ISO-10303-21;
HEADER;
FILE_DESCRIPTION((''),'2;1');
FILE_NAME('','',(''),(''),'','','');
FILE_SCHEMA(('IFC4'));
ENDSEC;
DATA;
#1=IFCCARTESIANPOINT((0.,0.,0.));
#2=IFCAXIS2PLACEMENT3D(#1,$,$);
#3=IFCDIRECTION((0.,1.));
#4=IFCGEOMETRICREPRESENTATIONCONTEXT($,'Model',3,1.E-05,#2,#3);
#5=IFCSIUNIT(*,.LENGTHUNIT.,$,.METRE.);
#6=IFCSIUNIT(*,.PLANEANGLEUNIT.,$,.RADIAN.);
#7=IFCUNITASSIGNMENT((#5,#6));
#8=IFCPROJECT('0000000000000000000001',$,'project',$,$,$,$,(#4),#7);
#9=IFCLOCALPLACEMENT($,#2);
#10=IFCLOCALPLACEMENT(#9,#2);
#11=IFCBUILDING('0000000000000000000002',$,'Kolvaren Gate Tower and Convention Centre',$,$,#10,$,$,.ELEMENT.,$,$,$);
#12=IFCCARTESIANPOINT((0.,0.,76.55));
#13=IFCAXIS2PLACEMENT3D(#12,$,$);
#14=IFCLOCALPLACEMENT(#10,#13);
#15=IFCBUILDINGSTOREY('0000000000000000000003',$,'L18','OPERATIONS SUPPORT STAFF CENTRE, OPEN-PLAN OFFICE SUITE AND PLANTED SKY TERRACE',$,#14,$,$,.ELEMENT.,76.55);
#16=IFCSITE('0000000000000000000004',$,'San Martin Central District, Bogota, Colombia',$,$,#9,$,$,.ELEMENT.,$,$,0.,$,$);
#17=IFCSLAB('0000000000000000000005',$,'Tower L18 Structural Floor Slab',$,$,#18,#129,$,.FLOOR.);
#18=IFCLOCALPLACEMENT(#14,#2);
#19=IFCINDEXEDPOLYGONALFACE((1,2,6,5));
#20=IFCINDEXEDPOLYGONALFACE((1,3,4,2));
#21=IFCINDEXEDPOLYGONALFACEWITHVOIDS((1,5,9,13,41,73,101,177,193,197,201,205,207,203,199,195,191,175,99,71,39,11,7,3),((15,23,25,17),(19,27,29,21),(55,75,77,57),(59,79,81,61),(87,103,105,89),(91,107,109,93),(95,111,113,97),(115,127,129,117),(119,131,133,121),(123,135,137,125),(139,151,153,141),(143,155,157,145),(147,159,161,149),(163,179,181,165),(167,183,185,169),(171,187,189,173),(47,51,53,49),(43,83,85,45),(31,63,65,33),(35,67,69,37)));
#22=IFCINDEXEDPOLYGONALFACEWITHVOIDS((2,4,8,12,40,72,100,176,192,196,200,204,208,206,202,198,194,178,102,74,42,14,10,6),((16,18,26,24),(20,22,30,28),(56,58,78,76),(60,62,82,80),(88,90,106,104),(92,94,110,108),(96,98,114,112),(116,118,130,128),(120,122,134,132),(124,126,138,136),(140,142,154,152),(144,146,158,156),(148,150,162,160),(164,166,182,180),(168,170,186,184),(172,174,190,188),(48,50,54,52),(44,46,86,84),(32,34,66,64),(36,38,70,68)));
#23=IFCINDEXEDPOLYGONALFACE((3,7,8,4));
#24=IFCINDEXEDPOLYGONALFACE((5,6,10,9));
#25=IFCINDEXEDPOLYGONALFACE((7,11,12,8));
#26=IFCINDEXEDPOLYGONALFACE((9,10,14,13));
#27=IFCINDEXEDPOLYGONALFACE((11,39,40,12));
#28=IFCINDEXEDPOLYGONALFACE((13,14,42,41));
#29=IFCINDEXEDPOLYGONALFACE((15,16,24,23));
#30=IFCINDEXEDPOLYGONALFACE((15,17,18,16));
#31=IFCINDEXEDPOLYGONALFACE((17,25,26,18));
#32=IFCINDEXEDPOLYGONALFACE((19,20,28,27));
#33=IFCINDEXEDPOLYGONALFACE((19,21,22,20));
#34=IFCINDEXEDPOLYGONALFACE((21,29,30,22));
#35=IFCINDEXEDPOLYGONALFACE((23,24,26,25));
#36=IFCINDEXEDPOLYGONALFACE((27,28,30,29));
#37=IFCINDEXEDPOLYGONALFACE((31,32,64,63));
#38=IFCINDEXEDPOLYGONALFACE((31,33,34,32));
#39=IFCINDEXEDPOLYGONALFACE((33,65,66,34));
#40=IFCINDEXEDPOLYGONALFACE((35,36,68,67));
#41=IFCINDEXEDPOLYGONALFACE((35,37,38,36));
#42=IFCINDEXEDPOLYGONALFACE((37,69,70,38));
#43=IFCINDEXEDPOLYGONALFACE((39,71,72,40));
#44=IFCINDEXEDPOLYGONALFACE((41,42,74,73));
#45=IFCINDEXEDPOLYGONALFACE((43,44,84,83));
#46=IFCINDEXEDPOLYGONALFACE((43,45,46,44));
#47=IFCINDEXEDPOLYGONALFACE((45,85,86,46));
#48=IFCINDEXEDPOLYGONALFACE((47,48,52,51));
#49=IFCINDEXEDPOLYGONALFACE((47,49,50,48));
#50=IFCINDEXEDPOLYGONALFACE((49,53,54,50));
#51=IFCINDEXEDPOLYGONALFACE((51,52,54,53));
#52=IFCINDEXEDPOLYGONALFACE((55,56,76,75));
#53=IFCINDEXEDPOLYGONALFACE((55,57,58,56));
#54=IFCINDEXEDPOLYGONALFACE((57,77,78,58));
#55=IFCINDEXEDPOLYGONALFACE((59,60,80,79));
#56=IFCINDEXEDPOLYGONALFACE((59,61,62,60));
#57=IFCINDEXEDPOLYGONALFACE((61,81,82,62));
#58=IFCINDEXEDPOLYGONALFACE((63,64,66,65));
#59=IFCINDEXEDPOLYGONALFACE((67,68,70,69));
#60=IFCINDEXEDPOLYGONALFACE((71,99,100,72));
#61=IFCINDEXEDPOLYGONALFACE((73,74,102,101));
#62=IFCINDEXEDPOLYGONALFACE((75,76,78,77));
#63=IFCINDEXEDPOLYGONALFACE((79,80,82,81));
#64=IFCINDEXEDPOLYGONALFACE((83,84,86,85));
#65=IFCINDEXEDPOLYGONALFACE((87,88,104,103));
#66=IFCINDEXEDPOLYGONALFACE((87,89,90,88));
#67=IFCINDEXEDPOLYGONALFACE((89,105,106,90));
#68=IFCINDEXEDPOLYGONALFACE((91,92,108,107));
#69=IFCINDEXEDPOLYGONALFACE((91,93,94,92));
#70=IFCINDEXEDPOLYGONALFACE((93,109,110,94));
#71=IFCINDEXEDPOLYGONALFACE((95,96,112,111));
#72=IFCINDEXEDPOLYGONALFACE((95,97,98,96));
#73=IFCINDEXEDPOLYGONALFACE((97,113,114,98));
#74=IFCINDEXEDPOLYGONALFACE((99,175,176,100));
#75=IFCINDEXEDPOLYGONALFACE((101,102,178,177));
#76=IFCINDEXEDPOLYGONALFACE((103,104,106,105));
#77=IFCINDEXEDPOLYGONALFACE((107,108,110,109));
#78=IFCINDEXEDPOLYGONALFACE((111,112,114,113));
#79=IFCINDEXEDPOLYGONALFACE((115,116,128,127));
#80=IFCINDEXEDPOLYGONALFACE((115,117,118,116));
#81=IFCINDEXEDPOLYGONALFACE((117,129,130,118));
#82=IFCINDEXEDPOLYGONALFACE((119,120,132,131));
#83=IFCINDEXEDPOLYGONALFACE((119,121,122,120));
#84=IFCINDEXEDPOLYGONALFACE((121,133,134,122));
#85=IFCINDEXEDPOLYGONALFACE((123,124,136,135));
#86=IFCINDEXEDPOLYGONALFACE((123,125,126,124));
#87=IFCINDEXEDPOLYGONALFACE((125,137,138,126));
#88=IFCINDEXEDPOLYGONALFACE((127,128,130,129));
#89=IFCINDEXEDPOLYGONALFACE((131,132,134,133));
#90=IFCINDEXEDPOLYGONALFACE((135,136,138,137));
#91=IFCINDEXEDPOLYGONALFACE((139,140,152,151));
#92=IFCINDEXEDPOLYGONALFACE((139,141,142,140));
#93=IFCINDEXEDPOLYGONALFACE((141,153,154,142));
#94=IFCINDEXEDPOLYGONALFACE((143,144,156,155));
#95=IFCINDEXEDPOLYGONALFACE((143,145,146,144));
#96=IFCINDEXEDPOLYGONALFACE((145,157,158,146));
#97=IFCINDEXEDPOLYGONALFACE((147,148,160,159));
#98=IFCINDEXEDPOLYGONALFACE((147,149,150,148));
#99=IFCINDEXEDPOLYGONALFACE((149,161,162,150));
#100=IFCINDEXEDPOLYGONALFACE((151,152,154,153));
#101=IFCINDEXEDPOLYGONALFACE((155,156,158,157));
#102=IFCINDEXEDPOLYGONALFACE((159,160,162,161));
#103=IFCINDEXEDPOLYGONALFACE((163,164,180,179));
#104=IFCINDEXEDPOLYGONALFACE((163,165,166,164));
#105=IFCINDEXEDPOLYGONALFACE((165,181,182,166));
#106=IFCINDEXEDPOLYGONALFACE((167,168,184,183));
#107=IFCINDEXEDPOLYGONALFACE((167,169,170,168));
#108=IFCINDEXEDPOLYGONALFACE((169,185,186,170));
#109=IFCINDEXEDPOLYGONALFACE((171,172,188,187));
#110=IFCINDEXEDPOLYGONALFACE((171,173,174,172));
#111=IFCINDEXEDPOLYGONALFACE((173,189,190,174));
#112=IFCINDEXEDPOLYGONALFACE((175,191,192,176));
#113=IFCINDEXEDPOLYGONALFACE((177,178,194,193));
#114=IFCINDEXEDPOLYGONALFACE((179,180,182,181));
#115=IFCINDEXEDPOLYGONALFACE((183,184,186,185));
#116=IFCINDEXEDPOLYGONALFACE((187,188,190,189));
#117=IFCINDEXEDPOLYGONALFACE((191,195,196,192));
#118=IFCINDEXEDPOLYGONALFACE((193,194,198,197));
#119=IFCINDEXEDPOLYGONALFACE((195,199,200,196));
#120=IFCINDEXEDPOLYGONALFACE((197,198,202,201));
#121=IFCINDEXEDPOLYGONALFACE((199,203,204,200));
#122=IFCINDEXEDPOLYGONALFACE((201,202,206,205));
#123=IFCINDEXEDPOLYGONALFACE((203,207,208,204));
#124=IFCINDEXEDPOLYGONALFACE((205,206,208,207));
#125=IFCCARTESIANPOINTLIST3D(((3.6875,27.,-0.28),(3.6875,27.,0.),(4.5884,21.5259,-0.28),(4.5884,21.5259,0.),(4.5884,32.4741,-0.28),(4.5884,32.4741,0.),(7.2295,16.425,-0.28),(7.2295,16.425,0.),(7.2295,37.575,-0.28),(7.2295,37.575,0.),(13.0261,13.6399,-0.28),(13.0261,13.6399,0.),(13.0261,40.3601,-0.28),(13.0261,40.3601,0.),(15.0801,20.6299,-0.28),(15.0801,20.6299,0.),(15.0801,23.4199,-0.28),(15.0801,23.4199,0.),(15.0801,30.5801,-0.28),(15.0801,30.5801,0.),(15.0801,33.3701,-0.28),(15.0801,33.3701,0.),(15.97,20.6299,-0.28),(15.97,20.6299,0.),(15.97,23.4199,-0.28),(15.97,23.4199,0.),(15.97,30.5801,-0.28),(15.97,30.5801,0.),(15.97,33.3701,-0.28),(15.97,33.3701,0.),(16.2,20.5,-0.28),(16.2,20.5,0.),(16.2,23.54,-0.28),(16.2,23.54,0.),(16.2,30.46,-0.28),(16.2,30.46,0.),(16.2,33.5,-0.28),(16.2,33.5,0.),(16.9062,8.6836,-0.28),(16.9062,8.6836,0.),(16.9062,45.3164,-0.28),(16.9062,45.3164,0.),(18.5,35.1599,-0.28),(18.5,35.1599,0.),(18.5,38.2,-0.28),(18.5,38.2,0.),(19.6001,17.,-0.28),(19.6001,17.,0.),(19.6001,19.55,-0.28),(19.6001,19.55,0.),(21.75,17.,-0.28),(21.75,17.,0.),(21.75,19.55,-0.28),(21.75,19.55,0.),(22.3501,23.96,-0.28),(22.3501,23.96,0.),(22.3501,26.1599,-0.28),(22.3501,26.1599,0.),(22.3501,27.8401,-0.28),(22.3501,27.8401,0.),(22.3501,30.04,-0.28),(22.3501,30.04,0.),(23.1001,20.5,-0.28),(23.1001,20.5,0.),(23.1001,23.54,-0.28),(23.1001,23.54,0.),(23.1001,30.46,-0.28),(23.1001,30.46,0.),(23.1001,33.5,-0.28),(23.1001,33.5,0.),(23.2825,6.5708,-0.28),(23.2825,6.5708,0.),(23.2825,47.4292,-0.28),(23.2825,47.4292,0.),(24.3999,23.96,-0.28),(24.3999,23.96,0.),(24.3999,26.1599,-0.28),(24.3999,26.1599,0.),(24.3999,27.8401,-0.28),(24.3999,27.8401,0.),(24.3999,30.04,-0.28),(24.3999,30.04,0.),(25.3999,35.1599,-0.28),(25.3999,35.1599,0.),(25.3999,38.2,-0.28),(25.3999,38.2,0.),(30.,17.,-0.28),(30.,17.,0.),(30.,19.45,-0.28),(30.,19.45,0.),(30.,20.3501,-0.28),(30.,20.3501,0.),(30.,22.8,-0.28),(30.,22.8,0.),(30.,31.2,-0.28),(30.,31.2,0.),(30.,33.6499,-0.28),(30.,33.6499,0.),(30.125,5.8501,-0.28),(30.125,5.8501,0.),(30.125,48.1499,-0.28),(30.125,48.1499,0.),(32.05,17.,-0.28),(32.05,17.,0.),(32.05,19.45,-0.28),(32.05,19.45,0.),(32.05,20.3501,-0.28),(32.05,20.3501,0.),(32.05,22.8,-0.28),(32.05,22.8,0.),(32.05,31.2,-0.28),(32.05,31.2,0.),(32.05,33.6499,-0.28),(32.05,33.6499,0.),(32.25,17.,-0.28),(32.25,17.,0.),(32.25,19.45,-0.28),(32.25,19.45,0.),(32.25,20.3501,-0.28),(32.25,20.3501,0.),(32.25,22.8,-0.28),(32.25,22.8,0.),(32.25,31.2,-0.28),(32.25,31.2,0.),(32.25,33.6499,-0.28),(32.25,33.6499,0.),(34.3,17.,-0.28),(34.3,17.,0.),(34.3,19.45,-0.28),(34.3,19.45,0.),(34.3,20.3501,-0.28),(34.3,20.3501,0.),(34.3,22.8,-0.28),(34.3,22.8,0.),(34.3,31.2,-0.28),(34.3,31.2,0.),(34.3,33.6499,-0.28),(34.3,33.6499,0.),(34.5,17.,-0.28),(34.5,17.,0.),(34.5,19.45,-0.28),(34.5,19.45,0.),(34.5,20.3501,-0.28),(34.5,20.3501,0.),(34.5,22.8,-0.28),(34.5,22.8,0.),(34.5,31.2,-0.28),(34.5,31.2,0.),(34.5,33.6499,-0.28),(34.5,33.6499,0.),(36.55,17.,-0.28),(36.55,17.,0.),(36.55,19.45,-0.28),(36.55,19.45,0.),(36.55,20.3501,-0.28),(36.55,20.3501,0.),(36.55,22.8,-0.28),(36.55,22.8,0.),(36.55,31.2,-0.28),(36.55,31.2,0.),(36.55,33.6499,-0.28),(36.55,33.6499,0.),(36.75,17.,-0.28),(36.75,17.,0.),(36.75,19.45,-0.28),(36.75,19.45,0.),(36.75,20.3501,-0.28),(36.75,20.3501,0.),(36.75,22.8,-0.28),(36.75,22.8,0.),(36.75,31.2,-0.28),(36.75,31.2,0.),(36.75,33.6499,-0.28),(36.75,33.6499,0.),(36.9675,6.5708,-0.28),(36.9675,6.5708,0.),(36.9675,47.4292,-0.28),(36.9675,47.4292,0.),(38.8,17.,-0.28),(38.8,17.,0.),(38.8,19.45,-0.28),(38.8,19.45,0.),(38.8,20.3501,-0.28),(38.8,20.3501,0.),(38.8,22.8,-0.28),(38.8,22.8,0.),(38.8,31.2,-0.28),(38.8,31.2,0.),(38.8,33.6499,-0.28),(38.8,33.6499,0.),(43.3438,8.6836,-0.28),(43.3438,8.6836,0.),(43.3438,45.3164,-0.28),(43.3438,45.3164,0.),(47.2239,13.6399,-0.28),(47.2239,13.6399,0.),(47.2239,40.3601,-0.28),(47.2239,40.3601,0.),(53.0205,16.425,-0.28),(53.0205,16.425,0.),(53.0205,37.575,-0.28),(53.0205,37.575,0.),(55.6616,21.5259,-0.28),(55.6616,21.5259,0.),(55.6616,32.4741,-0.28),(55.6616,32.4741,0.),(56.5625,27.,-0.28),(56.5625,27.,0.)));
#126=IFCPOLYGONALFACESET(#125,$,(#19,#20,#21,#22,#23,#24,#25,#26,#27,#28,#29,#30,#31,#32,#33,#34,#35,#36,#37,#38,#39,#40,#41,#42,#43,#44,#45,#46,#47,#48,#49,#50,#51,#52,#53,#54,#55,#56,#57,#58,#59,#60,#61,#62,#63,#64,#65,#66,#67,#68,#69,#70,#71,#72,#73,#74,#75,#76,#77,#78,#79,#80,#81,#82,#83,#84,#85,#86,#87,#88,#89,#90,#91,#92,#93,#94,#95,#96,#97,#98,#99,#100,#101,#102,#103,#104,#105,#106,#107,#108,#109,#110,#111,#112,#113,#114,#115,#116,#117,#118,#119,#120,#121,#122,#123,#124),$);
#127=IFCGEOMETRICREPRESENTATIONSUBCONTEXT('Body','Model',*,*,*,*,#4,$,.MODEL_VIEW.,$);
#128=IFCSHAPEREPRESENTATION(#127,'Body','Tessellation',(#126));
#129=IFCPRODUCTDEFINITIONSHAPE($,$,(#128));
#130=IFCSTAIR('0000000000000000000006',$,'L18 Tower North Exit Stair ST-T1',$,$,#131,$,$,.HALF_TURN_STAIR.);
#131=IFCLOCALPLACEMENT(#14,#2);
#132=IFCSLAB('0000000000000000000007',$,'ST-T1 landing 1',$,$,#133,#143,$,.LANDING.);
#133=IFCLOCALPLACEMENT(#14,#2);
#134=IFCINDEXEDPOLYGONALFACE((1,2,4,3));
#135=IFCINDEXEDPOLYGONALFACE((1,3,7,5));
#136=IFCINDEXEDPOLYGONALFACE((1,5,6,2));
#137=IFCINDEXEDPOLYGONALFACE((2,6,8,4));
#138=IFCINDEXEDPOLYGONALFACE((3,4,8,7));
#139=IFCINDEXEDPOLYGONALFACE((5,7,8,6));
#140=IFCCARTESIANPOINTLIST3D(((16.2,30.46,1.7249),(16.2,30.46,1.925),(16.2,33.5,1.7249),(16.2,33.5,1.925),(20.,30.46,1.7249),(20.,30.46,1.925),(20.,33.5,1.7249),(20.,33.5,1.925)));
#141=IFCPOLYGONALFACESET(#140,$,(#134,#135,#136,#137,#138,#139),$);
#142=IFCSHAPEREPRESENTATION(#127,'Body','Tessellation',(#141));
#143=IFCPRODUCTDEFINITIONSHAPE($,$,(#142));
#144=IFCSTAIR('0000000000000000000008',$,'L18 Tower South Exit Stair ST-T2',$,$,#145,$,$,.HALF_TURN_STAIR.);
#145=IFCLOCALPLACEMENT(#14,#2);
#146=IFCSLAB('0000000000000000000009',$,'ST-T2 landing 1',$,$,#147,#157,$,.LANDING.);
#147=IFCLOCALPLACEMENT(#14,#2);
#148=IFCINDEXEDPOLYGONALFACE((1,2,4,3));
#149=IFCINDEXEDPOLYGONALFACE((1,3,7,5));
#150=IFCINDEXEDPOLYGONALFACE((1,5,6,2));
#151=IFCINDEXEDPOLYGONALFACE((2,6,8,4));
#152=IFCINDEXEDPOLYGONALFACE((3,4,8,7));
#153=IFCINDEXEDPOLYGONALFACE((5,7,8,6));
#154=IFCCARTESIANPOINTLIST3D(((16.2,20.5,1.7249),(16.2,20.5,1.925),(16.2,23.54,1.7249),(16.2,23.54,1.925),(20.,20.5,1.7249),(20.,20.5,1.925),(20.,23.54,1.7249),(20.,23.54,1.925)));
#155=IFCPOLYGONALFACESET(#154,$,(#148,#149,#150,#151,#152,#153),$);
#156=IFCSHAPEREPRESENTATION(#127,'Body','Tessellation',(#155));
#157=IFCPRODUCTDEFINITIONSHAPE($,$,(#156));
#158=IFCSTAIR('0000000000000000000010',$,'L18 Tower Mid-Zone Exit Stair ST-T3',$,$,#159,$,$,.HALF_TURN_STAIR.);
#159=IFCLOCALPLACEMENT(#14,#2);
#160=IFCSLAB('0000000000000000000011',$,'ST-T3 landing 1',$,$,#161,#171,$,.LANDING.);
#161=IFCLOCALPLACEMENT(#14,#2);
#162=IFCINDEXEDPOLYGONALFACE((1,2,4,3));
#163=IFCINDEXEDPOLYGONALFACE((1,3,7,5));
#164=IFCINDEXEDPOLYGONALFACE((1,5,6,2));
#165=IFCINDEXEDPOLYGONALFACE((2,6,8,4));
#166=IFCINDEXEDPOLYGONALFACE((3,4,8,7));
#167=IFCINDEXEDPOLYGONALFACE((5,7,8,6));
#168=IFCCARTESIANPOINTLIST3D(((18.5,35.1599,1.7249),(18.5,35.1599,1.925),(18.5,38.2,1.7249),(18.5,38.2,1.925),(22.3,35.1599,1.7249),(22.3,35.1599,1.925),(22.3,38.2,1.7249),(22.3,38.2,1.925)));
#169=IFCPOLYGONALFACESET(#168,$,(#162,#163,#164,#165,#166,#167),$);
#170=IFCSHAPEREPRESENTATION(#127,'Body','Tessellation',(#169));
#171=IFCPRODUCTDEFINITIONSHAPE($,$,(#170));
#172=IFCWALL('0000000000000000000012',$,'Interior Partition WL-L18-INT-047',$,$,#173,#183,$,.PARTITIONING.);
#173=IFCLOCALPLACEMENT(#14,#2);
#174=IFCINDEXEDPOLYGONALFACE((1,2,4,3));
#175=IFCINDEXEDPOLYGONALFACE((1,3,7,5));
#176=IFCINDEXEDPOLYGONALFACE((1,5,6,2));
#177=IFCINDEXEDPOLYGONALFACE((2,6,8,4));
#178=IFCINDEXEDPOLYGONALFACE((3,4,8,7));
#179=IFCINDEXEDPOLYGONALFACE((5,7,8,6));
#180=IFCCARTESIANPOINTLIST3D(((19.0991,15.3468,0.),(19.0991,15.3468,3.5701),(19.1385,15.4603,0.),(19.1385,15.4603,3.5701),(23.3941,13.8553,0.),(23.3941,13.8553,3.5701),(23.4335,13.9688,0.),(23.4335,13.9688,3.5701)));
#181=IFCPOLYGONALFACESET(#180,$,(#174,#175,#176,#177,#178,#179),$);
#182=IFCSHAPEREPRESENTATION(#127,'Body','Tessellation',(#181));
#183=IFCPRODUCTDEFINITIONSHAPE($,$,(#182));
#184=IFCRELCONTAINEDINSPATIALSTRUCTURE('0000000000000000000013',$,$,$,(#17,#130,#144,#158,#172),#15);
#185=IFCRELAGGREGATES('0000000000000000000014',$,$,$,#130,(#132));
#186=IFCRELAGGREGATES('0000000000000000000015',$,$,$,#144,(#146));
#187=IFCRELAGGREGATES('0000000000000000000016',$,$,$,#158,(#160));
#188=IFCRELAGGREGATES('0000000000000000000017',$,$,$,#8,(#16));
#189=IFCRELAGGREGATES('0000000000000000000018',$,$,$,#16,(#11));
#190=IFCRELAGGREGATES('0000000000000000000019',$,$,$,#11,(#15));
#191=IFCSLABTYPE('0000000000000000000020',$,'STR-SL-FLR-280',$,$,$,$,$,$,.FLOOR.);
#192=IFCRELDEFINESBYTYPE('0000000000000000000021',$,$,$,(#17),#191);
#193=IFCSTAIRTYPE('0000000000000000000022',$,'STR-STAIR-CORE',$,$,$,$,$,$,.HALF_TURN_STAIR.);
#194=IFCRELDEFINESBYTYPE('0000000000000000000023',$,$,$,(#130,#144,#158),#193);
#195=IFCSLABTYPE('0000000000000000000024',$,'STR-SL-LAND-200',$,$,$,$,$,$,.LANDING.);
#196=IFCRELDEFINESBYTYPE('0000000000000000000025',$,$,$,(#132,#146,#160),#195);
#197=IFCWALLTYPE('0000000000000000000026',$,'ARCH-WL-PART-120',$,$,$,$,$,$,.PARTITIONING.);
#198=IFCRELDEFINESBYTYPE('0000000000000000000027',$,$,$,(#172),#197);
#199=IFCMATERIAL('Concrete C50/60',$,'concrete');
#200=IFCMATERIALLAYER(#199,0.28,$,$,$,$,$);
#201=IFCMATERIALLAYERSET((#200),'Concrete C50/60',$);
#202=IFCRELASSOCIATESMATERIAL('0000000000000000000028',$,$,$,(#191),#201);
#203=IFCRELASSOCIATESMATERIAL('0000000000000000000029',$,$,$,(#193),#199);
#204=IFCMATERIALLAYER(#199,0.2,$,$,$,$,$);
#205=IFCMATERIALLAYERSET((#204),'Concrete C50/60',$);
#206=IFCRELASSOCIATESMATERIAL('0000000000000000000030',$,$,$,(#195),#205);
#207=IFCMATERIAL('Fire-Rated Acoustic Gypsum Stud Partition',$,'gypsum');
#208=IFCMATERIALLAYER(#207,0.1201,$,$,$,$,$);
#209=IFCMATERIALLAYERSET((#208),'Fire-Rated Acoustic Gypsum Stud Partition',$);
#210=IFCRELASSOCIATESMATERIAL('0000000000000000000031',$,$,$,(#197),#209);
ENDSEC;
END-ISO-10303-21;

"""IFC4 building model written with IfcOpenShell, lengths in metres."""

from ifc_helpers import new_model, si_unit, direction, frame, frame_2d, origin, place, context, subcontext, project, spatial, polyline, rectangle, outline, extrude, material, layer, layer_set, type_object, element, aggregate, save


model = new_model("IFC4")

# Units and contexts
model_context = context("Model", 3, precision=1e-05, world=origin(), true_north=direction((0.0, 1.0)))
body_context = subcontext(model_context, "Body", "Model", "MODEL_VIEW")
ifc_project = project(units=[si_unit("LENGTHUNIT", "METRE"), si_unit("PLANEANGLEUNIT", "RADIAN")], contexts=[model_context])

# Site, building, storey
site_placement = place(None, origin())
site = spatial("IfcSite", under=ifc_project, at=site_placement, Name="San Martin Central District, Bogota, Colombia", CompositionType="ELEMENT", RefElevation=0.0)
building_placement = place(site_placement, origin())
building = spatial("IfcBuilding", under=site, at=building_placement, Name="Kolvaren Gate Tower and Convention Centre", CompositionType="ELEMENT")
storey_placement = place(building_placement, frame((0.0, 0.0, 76.55)))
storey = spatial("IfcBuildingStorey", under=building, at=storey_placement, Name="L18", Description="OPERATIONS SUPPORT STAFF CENTRE, OPEN-PLAN OFFICE SUITE AND PLANTED SKY TERRACE", CompositionType="ELEMENT", Elevation=76.55)

# Slab
ifc_material_1 = material(Name="Concrete C50/60", Category="concrete")
ifc_layer_1 = layer(ifc_material_1, 0.28)
ifc_layer_set_1 = layer_set([ifc_layer_1], Name="Concrete C50/60")
slab_type_1 = type_object("IfcSlabType", Name="STR-SL-FLR-280", PredefinedType="FLOOR", material=ifc_layer_set_1)
slab_1_placement = place(storey_placement, frame((0.0, 0.0, -0.28)))
element("IfcSlab", 1, at=slab_1_placement, inside=storey, type_object=slab_type_1, Name="Tower L18 Structural Floor Slab", PredefinedType="FLOOR", context=body_context, shape_type="SweptSolid", body=[
    extrude(outline(polyline([(56.5625, 27.0), (55.6616, 32.4741), (53.0205, 37.575), (47.2239, 40.3601), (43.3438, 45.3164), (36.9675, 47.4292), (30.125, 48.1499), (23.2825, 47.4292), (16.9062, 45.3164), (13.0261, 40.3601), (7.2295, 37.575), (4.5884, 32.4741), (3.6875, 27.0), (4.5884, 21.5259), (7.2295, 16.425), (13.0261, 13.6399), (16.9062, 8.6836), (23.2825, 6.5708), (30.125, 5.8501), (36.9675, 6.5708), (43.3438, 8.6836), (47.2239, 13.6399), (53.0205, 16.425), (55.6616, 21.5259), (56.5625, 27.0)]), holes=[polyline([(36.75, 33.6499), (38.8, 33.6499), (38.8, 31.2), (36.75, 31.2), (36.75, 33.6499)]), polyline([(36.75, 20.3501), (36.75, 22.8), (38.8, 22.8), (38.8, 20.3501), (36.75, 20.3501)]), polyline([(36.75, 17.0), (36.75, 19.45), (38.8, 19.45), (38.8, 17.0), (36.75, 17.0)]), polyline([(34.5, 33.6499), (36.55, 33.6499), (36.55, 31.2), (34.5, 31.2), (34.5, 33.6499)]), polyline([(34.5, 22.8), (36.55, 22.8), (36.55, 20.3501), (34.5, 20.3501), (34.5, 22.8)]), polyline([(34.5, 17.0), (34.5, 19.45), (36.55, 19.45), (36.55, 17.0), (34.5, 17.0)]), polyline([(32.25, 31.2), (32.25, 33.6499), (34.3, 33.6499), (34.3, 31.2), (32.25, 31.2)]), polyline([(32.25, 22.8), (34.3, 22.8), (34.3, 20.3501), (32.25, 20.3501), (32.25, 22.8)]), polyline([(32.25, 17.0), (32.25, 19.45), (34.3, 19.45), (34.3, 17.0), (32.25, 17.0)]), polyline([(30.0, 31.2), (30.0, 33.6499), (32.05, 33.6499), (32.05, 31.2), (30.0, 31.2)]), polyline([(30.0, 20.3501), (30.0, 22.8), (32.05, 22.8), (32.05, 20.3501), (30.0, 20.3501)]), polyline([(30.0, 17.0), (30.0, 19.45), (32.05, 19.45), (32.05, 17.0), (30.0, 17.0)]), polyline([(25.3999, 35.1599), (18.5, 35.1599), (18.5, 38.2), (25.3999, 38.2), (25.3999, 35.1599)]), polyline([(22.3501, 27.8401), (22.3501, 30.04), (24.3999, 30.04), (24.3999, 27.8401), (22.3501, 27.8401)]), polyline([(22.3501, 23.96), (22.3501, 26.1599), (24.3999, 26.1599), (24.3999, 23.96), (22.3501, 23.96)]), polyline([(23.1001, 30.46), (16.2, 30.46), (16.2, 33.5), (23.1001, 33.5), (23.1001, 30.46)]), polyline([(23.1001, 20.5), (16.2, 20.5), (16.2, 23.54), (23.1001, 23.54), (23.1001, 20.5)]), polyline([(19.6001, 17.0), (19.6001, 19.55), (21.75, 19.55), (21.75, 17.0), (19.6001, 17.0)]), polyline([(15.0801, 23.4199), (15.97, 23.4199), (15.97, 20.6299), (15.0801, 20.6299), (15.0801, 23.4199)]), polyline([(15.0801, 30.5801), (15.0801, 33.3701), (15.97, 33.3701), (15.97, 30.5801), (15.0801, 30.5801)])]), origin(), (0.0, 0.0, 1.0), 0.28),
])

# Stairs, slabs
stair_type = type_object("IfcStairType", Name="STR-STAIR-CORE", PredefinedType="HALF_TURN_STAIR", material=ifc_material_1)
stair_1_placement = place(storey_placement, origin())
stair_1 = element("IfcStair", 2, at=stair_1_placement, inside=storey, type_object=stair_type, Name="L18 Tower North Exit Stair ST-T1", PredefinedType="HALF_TURN_STAIR")
ifc_layer_2 = layer(ifc_material_1, 0.2)
ifc_layer_set_2 = layer_set([ifc_layer_2], Name="Concrete C50/60")
slab_type_2 = type_object("IfcSlabType", Name="STR-SL-LAND-200", PredefinedType="LANDING", material=ifc_layer_set_2)
slab_2_placement = place(storey_placement, frame((0.0, 0.0, 1.7249)))
slab_2 = element("IfcSlab", 3, at=slab_2_placement, type_object=slab_type_2, Name="ST-T1 landing 1", PredefinedType="LANDING", context=body_context, shape_type="SweptSolid", body=[
    extrude(outline(polyline([(20.0, 33.5), (16.2, 33.5), (16.2, 30.46), (20.0, 30.46), (20.0, 33.5)])), origin(), (0.0, 0.0, 1.0), 0.2002),
])
aggregate(stair_1, [slab_2])
stair_2_placement = place(storey_placement, origin())
stair_2 = element("IfcStair", 4, at=stair_2_placement, inside=storey, type_object=stair_type, Name="L18 Tower South Exit Stair ST-T2", PredefinedType="HALF_TURN_STAIR")
slab_3_placement = place(storey_placement, frame((0.0, 0.0, 1.7249)))
slab_3 = element("IfcSlab", 5, at=slab_3_placement, type_object=slab_type_2, Name="ST-T2 landing 1", PredefinedType="LANDING", context=body_context, shape_type="SweptSolid", body=[
    extrude(outline(polyline([(20.0, 23.54), (16.2, 23.54), (16.2, 20.5), (20.0, 20.5), (20.0, 23.54)])), origin(), (0.0, 0.0, 1.0), 0.2002),
])
aggregate(stair_2, [slab_3])
stair_3_placement = place(storey_placement, origin())
stair_3 = element("IfcStair", 6, at=stair_3_placement, inside=storey, type_object=stair_type, Name="L18 Tower Mid-Zone Exit Stair ST-T3", PredefinedType="HALF_TURN_STAIR")
slab_4_placement = place(storey_placement, frame((0.0, 0.0, 1.7249)))
slab_4 = element("IfcSlab", 7, at=slab_4_placement, type_object=slab_type_2, Name="ST-T3 landing 1", PredefinedType="LANDING", context=body_context, shape_type="SweptSolid", body=[
    extrude(outline(polyline([(22.3, 38.2), (18.5, 38.2), (18.5, 35.1599), (22.3, 35.1599), (22.3, 38.2)])), origin(), (0.0, 0.0, 1.0), 0.2002),
])
aggregate(stair_3, [slab_4])

# Wall
ifc_material_2 = material(Name="Fire-Rated Acoustic Gypsum Stud Partition", Category="gypsum")
ifc_layer_3 = layer(ifc_material_2, 0.1201)
ifc_layer_set_3 = layer_set([ifc_layer_3], Name="Fire-Rated Acoustic Gypsum Stud Partition")
wall_type_1 = type_object("IfcWallType", Name="ARCH-WL-PART-120", PredefinedType="PARTITIONING", material=ifc_layer_set_3)
wall_1_placement = place(storey_placement, frame((19.1187, 15.4036, 0.0), z_axis=(0.0, 0.0, 1.0), x_axis=(0.944663, -0.328044, 0.0)))
element("IfcWall", 8, at=wall_1_placement, inside=storey, type_object=wall_type_1, Name="Interior Partition WL-L18-INT-047", PredefinedType="PARTITIONING", context=body_context, shape_type="SweptSolid", body=[
    extrude(rectangle(XDim=4.5466, YDim=0.1201, at=frame_2d((2.2734, 0.0))), origin(), (0.0, 0.0, 1.0), 3.5701),
])

save(model, "model.ifc")
